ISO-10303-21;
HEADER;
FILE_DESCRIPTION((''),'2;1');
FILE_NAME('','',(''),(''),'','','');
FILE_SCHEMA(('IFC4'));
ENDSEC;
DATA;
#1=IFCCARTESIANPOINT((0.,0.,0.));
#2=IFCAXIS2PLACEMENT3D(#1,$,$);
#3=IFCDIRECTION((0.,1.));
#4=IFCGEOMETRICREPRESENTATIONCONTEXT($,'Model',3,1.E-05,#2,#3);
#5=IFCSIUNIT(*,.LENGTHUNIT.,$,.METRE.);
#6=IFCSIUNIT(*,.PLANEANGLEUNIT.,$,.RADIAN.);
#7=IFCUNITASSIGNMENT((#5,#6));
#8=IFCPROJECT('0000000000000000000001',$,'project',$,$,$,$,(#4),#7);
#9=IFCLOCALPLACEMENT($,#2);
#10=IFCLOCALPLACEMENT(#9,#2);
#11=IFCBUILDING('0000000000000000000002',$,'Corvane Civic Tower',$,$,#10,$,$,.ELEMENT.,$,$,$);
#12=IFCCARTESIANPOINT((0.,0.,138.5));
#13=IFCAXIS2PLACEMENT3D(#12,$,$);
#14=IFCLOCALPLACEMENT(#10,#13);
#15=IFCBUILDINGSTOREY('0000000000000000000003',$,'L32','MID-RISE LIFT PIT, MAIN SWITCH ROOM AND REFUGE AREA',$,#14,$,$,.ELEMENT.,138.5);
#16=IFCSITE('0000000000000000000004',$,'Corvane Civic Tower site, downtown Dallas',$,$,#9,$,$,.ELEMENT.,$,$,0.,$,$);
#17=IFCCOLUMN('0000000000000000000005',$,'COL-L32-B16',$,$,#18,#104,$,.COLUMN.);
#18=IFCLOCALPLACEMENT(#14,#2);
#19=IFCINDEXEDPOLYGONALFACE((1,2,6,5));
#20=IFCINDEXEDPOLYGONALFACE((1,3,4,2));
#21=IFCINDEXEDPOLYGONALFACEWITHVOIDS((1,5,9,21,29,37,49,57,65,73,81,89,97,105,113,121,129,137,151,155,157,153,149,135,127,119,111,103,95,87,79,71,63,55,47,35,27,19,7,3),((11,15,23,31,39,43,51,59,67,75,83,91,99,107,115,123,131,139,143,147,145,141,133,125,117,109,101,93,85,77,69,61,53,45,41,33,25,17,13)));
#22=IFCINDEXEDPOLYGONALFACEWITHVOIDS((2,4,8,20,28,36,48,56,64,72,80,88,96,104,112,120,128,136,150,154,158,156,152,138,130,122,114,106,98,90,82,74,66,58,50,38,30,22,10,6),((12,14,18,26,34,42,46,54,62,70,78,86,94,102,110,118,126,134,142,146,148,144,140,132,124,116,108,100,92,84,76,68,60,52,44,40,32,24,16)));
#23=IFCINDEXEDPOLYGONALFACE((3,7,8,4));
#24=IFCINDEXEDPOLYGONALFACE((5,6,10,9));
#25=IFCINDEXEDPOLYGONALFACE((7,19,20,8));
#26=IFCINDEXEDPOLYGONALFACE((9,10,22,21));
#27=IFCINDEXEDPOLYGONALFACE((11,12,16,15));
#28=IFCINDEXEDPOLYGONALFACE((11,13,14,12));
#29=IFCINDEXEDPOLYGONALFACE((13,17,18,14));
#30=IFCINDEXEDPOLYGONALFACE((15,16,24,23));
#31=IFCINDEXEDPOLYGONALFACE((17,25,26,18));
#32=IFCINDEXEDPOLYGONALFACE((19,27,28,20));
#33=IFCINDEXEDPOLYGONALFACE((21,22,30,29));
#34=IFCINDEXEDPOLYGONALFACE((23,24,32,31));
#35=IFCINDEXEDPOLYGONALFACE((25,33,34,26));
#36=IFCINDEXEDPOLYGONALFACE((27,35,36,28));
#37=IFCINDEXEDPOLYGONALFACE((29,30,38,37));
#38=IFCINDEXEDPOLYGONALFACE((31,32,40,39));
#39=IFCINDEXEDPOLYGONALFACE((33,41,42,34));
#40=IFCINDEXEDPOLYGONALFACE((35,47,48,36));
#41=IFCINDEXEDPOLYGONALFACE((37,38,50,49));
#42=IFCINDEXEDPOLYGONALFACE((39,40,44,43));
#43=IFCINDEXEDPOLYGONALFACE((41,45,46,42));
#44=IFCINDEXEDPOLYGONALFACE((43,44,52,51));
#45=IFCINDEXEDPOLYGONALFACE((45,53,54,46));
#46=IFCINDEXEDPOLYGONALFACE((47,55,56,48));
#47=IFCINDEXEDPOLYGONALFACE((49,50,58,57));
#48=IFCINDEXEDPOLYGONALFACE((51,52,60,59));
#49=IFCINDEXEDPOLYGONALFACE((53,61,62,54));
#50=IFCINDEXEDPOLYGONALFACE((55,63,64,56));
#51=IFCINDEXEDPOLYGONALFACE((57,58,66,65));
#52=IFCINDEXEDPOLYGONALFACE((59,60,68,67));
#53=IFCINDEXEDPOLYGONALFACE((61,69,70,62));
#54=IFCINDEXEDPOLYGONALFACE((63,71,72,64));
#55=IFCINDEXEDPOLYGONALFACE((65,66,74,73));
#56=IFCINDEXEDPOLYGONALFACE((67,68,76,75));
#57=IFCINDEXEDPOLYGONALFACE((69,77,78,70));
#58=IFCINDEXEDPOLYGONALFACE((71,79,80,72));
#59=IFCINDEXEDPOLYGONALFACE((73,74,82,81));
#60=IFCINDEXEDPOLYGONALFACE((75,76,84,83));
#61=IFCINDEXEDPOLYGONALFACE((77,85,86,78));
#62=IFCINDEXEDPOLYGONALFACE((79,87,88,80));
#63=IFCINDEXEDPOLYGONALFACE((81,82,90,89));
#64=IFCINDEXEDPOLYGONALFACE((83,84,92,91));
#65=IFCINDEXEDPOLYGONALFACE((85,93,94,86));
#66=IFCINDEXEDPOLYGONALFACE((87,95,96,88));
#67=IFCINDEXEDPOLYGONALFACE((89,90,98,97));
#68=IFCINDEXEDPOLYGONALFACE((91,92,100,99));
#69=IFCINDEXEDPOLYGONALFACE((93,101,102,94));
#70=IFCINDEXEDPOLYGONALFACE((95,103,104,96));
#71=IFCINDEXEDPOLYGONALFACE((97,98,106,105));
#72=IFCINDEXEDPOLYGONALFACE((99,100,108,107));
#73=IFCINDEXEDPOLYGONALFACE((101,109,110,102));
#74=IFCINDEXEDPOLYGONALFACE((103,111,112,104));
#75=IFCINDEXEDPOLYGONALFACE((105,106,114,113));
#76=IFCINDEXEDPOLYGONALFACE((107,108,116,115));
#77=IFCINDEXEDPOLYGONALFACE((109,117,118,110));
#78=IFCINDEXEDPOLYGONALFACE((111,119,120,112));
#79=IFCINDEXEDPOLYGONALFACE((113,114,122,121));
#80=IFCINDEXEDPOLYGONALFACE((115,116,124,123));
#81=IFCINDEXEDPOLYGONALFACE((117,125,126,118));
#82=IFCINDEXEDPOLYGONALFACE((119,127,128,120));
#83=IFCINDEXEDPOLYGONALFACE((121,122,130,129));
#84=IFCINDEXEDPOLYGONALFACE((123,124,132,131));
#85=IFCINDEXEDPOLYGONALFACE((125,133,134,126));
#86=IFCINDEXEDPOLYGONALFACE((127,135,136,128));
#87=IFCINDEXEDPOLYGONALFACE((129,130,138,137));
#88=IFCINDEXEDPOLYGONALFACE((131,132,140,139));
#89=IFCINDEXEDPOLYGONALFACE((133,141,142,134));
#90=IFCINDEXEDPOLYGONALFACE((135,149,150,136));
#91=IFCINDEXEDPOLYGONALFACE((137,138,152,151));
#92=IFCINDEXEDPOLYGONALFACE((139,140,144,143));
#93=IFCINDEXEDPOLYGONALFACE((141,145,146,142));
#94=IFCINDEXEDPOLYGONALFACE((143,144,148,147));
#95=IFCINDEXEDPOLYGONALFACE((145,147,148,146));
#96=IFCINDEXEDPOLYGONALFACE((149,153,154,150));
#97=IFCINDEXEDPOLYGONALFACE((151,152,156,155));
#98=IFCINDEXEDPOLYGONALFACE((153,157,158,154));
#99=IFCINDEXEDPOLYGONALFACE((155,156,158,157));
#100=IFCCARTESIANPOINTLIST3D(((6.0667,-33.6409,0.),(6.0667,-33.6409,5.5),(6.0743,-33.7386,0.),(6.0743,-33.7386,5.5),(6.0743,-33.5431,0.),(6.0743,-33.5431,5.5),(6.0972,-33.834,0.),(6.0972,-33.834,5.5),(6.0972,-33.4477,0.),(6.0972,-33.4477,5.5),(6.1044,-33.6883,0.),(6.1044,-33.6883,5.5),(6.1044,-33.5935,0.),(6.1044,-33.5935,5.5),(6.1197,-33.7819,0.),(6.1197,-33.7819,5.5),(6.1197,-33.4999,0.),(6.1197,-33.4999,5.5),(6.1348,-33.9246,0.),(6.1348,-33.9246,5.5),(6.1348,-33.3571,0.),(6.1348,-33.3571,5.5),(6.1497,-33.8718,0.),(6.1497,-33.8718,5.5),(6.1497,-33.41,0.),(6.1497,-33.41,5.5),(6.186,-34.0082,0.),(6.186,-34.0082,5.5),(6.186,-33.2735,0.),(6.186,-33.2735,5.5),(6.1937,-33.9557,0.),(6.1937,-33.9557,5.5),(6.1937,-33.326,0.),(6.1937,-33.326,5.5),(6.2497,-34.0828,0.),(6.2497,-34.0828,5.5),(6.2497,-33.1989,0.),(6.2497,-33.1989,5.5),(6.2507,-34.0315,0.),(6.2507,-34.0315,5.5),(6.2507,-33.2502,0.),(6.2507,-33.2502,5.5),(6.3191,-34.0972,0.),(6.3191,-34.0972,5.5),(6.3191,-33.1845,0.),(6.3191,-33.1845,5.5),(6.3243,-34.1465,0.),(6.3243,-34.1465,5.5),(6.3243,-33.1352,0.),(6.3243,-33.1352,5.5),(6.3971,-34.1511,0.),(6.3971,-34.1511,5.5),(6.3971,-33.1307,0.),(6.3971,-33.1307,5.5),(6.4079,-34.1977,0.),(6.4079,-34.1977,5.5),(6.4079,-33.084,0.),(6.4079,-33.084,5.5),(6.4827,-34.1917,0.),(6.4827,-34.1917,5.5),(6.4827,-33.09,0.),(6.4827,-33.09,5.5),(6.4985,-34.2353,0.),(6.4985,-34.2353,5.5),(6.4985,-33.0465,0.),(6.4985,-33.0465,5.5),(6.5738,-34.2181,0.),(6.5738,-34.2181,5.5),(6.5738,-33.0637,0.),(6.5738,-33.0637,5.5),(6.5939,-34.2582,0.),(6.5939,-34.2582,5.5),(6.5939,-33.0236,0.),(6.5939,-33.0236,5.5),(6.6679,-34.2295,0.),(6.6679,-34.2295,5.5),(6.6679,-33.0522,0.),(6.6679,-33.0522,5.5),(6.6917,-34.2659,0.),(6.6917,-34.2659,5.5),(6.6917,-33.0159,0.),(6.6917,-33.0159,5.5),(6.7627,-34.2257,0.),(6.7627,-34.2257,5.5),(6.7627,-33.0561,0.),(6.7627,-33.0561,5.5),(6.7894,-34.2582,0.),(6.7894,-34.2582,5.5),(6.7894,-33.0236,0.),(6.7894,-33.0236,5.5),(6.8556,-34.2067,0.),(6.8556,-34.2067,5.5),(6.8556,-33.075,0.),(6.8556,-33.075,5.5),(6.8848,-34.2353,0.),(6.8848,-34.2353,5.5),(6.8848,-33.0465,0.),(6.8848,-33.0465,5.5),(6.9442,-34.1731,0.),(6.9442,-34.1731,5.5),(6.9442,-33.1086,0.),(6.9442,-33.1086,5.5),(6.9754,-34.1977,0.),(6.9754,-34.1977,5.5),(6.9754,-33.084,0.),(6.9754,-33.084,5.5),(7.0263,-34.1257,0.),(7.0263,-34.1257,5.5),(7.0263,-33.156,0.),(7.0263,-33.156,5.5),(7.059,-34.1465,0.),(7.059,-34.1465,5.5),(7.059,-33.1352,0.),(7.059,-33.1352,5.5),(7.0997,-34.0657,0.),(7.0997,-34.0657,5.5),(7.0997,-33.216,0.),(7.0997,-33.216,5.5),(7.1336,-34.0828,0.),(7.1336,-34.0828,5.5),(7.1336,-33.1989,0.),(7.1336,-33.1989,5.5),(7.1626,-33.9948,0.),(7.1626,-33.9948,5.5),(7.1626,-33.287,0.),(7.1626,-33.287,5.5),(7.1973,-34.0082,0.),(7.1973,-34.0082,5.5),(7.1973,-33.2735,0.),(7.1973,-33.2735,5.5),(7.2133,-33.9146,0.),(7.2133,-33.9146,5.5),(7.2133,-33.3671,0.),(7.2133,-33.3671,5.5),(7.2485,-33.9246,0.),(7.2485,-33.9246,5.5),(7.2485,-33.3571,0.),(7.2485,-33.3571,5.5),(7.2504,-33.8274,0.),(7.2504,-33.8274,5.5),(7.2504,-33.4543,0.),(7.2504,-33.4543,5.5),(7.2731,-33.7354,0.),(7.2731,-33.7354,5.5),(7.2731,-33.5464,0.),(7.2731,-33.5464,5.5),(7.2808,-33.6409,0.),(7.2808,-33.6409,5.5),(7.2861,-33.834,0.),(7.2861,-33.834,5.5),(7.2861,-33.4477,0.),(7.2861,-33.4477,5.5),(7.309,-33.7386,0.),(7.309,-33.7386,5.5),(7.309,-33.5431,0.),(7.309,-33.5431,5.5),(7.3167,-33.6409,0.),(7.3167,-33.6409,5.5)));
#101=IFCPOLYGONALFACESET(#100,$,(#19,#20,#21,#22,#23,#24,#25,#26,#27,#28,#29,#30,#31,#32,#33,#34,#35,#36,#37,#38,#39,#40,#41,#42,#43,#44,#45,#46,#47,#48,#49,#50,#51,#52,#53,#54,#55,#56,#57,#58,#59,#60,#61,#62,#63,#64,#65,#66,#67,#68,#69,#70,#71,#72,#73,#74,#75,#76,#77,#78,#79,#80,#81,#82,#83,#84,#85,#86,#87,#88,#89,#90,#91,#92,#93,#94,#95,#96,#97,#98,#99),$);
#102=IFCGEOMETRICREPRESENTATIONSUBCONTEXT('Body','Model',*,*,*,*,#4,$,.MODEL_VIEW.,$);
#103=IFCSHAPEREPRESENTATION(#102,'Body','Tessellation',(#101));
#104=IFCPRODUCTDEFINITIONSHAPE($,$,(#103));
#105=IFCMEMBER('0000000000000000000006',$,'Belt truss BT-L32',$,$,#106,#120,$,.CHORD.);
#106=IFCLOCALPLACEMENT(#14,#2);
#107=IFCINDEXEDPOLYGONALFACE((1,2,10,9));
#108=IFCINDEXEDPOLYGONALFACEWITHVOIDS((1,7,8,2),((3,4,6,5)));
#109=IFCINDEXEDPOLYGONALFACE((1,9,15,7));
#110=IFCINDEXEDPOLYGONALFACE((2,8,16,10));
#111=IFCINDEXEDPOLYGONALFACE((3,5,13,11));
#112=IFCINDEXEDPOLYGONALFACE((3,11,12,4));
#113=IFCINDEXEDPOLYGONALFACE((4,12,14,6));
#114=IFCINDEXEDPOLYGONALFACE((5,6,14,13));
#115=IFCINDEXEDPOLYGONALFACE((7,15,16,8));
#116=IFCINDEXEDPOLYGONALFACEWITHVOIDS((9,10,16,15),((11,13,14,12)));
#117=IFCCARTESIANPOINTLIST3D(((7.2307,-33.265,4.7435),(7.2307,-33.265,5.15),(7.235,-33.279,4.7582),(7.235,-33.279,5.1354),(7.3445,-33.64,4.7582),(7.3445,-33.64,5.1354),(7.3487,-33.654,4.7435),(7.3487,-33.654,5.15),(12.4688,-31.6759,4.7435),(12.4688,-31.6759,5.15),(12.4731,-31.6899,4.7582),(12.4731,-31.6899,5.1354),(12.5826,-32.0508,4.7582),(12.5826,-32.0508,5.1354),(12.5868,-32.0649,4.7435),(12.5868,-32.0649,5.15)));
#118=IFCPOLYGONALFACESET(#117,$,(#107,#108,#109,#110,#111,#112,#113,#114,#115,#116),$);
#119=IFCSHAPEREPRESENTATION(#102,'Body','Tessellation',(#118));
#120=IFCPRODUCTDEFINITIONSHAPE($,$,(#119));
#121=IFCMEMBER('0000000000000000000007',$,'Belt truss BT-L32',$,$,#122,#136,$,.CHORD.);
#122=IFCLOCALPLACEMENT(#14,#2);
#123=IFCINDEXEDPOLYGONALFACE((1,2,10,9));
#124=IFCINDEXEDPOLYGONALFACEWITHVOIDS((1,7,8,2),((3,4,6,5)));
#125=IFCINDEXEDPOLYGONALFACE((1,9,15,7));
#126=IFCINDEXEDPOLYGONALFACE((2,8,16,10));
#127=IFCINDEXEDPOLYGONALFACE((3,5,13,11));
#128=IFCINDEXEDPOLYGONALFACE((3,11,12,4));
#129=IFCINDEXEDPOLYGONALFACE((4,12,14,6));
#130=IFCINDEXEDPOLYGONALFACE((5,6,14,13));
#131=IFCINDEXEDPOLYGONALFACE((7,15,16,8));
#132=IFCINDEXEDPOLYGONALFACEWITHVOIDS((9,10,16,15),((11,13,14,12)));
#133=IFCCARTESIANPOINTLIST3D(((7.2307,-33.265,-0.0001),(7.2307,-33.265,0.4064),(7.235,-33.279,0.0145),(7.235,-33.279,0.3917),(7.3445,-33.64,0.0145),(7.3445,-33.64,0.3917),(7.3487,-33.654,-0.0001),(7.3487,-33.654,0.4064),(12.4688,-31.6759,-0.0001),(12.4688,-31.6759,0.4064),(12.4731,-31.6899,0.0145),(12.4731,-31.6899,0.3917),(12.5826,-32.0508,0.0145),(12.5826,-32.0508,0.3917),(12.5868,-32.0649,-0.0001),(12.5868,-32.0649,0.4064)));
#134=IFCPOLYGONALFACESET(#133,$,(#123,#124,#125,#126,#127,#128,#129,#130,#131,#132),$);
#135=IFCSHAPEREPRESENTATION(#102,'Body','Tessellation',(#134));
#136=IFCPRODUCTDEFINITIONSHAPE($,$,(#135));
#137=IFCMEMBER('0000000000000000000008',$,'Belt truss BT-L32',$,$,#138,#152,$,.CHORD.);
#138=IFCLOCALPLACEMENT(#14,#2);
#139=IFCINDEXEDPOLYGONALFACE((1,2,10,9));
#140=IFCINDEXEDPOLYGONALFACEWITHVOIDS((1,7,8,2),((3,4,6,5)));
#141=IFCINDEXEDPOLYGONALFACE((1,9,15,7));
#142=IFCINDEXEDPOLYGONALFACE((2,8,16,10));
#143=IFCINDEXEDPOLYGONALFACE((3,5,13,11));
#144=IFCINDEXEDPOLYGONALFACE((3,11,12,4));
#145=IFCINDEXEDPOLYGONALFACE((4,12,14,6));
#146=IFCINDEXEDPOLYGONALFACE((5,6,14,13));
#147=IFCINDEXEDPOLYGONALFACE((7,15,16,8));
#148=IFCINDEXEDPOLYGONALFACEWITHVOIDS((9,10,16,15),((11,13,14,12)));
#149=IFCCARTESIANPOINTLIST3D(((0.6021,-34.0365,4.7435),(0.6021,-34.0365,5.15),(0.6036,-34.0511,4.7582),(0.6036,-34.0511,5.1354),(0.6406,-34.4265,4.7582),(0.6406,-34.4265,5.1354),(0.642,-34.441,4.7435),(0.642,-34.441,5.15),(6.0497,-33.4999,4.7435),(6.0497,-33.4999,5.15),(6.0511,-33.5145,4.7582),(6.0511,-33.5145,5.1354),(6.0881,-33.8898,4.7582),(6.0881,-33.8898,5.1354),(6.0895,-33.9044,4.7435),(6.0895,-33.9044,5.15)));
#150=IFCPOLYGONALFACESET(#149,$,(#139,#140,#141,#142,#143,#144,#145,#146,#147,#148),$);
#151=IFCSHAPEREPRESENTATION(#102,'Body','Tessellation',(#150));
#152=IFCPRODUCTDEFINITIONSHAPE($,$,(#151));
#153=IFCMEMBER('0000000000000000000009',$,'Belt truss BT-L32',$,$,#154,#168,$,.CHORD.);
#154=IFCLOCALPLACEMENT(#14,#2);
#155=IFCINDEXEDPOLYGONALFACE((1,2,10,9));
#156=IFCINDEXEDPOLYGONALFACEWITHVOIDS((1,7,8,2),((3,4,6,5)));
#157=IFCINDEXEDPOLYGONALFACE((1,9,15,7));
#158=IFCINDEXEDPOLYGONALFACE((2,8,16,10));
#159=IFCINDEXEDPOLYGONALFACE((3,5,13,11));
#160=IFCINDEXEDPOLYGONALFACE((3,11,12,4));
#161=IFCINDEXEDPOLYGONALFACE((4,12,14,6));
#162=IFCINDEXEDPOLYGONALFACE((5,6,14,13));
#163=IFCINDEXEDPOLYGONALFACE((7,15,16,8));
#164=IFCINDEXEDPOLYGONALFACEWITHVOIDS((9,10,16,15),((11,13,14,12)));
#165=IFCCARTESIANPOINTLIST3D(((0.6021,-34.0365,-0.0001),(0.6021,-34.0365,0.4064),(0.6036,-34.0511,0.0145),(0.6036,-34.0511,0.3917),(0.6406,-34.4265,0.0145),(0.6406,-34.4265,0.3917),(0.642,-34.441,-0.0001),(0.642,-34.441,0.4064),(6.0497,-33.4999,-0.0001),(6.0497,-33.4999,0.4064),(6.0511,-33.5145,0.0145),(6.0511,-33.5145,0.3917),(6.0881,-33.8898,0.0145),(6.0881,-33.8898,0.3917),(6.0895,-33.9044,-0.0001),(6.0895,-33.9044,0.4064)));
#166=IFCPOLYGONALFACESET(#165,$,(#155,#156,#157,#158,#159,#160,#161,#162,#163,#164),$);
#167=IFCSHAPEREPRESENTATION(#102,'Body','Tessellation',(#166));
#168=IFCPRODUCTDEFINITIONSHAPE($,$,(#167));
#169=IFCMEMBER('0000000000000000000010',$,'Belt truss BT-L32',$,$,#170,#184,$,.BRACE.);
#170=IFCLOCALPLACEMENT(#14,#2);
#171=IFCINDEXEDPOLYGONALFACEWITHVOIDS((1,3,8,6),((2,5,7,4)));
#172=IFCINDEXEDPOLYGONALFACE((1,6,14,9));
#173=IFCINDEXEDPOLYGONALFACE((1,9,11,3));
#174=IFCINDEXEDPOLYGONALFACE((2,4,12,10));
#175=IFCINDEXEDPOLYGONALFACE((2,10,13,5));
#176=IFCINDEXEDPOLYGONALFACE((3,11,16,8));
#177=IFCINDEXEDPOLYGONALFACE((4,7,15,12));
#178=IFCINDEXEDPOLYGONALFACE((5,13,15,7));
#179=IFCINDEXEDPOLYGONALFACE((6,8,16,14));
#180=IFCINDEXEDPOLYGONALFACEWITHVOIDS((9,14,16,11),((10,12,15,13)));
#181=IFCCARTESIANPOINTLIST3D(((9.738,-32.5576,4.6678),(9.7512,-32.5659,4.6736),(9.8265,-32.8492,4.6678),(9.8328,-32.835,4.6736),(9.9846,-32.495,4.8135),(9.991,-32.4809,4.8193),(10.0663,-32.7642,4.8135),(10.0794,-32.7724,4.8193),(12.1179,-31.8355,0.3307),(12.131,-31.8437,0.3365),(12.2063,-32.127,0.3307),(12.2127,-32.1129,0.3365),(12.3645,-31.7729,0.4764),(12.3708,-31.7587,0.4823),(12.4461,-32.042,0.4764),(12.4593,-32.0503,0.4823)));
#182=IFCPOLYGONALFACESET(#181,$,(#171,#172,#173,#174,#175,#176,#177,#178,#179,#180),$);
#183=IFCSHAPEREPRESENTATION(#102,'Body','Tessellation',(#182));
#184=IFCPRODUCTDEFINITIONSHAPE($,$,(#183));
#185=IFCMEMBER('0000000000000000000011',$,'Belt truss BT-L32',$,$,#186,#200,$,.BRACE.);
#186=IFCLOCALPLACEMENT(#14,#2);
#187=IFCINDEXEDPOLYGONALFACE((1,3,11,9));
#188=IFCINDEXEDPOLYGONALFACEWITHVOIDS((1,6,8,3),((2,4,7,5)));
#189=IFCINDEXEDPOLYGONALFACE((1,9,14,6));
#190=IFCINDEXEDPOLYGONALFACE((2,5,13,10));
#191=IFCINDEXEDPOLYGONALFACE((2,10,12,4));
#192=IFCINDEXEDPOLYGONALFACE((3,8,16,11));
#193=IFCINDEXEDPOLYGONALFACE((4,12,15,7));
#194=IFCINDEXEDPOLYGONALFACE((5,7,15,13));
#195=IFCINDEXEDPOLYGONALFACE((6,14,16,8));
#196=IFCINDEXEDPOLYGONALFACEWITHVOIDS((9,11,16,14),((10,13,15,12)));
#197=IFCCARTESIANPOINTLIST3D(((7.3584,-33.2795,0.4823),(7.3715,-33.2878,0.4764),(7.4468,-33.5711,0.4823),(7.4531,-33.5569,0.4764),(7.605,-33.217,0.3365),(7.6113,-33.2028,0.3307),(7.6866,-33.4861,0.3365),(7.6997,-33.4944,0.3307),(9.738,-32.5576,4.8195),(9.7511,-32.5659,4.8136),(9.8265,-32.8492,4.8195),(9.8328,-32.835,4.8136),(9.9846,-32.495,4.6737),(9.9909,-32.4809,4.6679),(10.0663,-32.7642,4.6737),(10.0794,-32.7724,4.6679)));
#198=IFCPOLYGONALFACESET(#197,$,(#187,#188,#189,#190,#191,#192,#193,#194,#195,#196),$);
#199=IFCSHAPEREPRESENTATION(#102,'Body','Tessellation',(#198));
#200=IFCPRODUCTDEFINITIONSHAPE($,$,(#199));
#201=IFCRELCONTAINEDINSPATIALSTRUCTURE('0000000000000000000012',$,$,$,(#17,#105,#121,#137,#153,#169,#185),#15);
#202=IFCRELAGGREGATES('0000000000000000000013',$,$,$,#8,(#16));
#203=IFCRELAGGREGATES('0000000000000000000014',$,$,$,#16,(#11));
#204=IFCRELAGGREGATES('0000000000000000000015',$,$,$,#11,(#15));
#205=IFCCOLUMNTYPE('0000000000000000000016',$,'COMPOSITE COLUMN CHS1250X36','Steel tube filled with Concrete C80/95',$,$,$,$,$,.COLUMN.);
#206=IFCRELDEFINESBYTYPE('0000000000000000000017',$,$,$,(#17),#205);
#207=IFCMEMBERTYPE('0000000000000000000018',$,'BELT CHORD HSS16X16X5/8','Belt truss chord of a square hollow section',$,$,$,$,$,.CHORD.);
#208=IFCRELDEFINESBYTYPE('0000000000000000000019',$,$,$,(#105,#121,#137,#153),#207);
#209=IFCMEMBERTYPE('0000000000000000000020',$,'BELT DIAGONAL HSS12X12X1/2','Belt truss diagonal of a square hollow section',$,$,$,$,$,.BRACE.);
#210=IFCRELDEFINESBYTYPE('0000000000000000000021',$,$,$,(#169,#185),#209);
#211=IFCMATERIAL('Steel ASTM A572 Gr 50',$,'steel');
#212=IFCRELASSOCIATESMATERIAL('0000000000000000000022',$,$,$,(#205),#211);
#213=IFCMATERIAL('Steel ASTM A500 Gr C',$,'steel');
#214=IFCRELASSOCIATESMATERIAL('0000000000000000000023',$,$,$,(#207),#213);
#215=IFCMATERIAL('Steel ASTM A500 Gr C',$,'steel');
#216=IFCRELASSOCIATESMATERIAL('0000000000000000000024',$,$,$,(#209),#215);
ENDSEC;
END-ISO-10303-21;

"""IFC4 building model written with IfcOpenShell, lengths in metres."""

from ifc_helpers import new_model, si_unit, direction, frame, origin, origin_2d, place, context, subcontext, project, spatial, hollow_rectangle, hollow_circle, extrude, material, material_profile, profile_set, type_object, element, save


model = new_model("IFC4")

# Units and contexts
model_context = context("Model", 3, precision=1e-05, world=origin(), true_north=direction((0.0, 1.0)))
body_context = subcontext(model_context, "Body", "Model", "MODEL_VIEW")
ifc_project = project(units=[si_unit("LENGTHUNIT", "METRE"), si_unit("PLANEANGLEUNIT", "RADIAN")], contexts=[model_context])

# Site, building, storey
site_placement = place(None, origin())
site = spatial("IfcSite", under=ifc_project, at=site_placement, Name="Corvane Civic Tower site, downtown Dallas", CompositionType="ELEMENT", RefElevation=0.0)
building_placement = place(site_placement, origin())
building = spatial("IfcBuilding", under=site, at=building_placement, Name="Corvane Civic Tower", CompositionType="ELEMENT")
storey_placement = place(building_placement, frame((0.0, 0.0, 138.5)))
storey = spatial("IfcBuildingStorey", under=building, at=storey_placement, Name="L32", Description="MID-RISE LIFT PIT, MAIN SWITCH ROOM AND REFUGE AREA", CompositionType="ELEMENT", Elevation=138.5)

# Column
ifc_material_1 = material(Name="Steel ASTM A572 Gr 50", Category="steel")
ifc_material_profile_1 = material_profile(ifc_material_1, hollow_circle(Radius=0.625, WallThickness=0.0359, at=origin_2d()), Name="CHS1250X36")
ifc_profile_set_1 = profile_set([ifc_material_profile_1], Name="Steel ASTM A572 Gr 50")
column_type = type_object("IfcColumnType", Name="COMPOSITE COLUMN CHS1250X36", Description="Steel tube filled with Concrete C80/95", PredefinedType="COLUMN", material=ifc_profile_set_1)
column_placement = place(storey_placement, frame((6.6917, -33.6409, 0.0), z_axis=(0.0, 0.0, 1.0), x_axis=(1.0, 0.0, 0.0)))
element("IfcColumn", 1, at=column_placement, inside=storey, type_object=column_type, Name="COL-L32-B16", PredefinedType="COLUMN", context=body_context, shape_type="SweptSolid", body=[
    extrude(hollow_circle(Radius=0.625, WallThickness=0.0359, at=origin_2d()), origin(), (0.0, 0.0, 1.0), 5.5),
])

# Members
ifc_material_2 = material(Name="Steel ASTM A500 Gr C", Category="steel")
ifc_material_profile_2 = material_profile(ifc_material_2, hollow_rectangle(XDim=0.4065, YDim=0.4065, WallThickness=0.0146, at=origin_2d()), Name="HSS16X16X5/8")
ifc_profile_set_2 = profile_set([ifc_material_profile_2], Name="Steel ASTM A500 Gr C")
member_type_1 = type_object("IfcMemberType", Name="BELT CHORD HSS16X16X5/8", Description="Belt truss chord of a square hollow section", PredefinedType="CHORD", material=ifc_profile_set_2)
for number, where, z_axis, x_axis, name in (
    (2, (12.5278, -31.8704, 4.9468), (-0.956932, -0.290313, 0.0), (0.290313, -0.956932, 0.0), "Belt truss BT-L32"),
    (3, (12.5278, -31.8704, 0.2031), (-0.956932, -0.290313, 0.0), (0.290313, -0.956932, 0.0), "Belt truss BT-L32"),
    (4, (6.0696, -33.7021, 4.9468), (-0.995183, -0.098033, 0.0), (0.098033, -0.995183, 0.0), "Belt truss BT-L32"),
    (5, (6.0696, -33.7021, 0.2031), (-0.995183, -0.098033, 0.0), (0.098033, -0.995183, 0.0), "Belt truss BT-L32"),
):
    element("IfcMember", number, at=place(storey_placement, frame(where, z_axis=z_axis, x_axis=x_axis)), inside=storey, type_object=member_type_1, Name=name, PredefinedType="CHORD", context=body_context, shape_type="SweptSolid", body=[
        extrude(hollow_rectangle(XDim=0.4065, YDim=0.4065, WallThickness=0.0146, at=origin_2d()), origin(), (0.0, 0.0, 1.0), 5.4739),
    ])
ifc_material_3 = material(Name="Steel ASTM A500 Gr C", Category="steel")
ifc_material_profile_3 = material_profile(ifc_material_3, hollow_rectangle(XDim=0.3047, YDim=0.3047, WallThickness=0.0117, at=origin_2d()), Name="HSS12X12X1/2")
ifc_profile_set_3 = profile_set([ifc_material_profile_3], Name="Steel ASTM A500 Gr C")
member_type_2 = type_object("IfcMemberType", Name="BELT DIAGONAL HSS12X12X1/2", Description="Belt truss diagonal of a square hollow section", PredefinedType="BRACE", material=ifc_profile_set_3)
for number, where, z_axis, x_axis, name in (
    (6, (12.2886, -31.9429, 0.4065), (-0.476012, -0.144444, 0.867496), (0.290372, -0.956914, 0.0), "Belt truss BT-L32"),
    (7, (7.5291, -33.387, 0.4065), (0.475977, 0.1444, 0.867522), (-0.29031, 0.956933, 0.0), "Belt truss BT-L32"),
):
    element("IfcMember", number, at=place(storey_placement, frame(where, z_axis=z_axis, x_axis=x_axis)), inside=storey, type_object=member_type_2, Name=name, PredefinedType="BRACE", context=body_context, shape_type="SweptSolid", body=[
        extrude(hollow_rectangle(XDim=0.3047, YDim=0.3047, WallThickness=0.0117, at=origin_2d()), origin(), (0.0, 0.0, 1.0), 4.9995),
    ])

save(model, "model.ifc")
